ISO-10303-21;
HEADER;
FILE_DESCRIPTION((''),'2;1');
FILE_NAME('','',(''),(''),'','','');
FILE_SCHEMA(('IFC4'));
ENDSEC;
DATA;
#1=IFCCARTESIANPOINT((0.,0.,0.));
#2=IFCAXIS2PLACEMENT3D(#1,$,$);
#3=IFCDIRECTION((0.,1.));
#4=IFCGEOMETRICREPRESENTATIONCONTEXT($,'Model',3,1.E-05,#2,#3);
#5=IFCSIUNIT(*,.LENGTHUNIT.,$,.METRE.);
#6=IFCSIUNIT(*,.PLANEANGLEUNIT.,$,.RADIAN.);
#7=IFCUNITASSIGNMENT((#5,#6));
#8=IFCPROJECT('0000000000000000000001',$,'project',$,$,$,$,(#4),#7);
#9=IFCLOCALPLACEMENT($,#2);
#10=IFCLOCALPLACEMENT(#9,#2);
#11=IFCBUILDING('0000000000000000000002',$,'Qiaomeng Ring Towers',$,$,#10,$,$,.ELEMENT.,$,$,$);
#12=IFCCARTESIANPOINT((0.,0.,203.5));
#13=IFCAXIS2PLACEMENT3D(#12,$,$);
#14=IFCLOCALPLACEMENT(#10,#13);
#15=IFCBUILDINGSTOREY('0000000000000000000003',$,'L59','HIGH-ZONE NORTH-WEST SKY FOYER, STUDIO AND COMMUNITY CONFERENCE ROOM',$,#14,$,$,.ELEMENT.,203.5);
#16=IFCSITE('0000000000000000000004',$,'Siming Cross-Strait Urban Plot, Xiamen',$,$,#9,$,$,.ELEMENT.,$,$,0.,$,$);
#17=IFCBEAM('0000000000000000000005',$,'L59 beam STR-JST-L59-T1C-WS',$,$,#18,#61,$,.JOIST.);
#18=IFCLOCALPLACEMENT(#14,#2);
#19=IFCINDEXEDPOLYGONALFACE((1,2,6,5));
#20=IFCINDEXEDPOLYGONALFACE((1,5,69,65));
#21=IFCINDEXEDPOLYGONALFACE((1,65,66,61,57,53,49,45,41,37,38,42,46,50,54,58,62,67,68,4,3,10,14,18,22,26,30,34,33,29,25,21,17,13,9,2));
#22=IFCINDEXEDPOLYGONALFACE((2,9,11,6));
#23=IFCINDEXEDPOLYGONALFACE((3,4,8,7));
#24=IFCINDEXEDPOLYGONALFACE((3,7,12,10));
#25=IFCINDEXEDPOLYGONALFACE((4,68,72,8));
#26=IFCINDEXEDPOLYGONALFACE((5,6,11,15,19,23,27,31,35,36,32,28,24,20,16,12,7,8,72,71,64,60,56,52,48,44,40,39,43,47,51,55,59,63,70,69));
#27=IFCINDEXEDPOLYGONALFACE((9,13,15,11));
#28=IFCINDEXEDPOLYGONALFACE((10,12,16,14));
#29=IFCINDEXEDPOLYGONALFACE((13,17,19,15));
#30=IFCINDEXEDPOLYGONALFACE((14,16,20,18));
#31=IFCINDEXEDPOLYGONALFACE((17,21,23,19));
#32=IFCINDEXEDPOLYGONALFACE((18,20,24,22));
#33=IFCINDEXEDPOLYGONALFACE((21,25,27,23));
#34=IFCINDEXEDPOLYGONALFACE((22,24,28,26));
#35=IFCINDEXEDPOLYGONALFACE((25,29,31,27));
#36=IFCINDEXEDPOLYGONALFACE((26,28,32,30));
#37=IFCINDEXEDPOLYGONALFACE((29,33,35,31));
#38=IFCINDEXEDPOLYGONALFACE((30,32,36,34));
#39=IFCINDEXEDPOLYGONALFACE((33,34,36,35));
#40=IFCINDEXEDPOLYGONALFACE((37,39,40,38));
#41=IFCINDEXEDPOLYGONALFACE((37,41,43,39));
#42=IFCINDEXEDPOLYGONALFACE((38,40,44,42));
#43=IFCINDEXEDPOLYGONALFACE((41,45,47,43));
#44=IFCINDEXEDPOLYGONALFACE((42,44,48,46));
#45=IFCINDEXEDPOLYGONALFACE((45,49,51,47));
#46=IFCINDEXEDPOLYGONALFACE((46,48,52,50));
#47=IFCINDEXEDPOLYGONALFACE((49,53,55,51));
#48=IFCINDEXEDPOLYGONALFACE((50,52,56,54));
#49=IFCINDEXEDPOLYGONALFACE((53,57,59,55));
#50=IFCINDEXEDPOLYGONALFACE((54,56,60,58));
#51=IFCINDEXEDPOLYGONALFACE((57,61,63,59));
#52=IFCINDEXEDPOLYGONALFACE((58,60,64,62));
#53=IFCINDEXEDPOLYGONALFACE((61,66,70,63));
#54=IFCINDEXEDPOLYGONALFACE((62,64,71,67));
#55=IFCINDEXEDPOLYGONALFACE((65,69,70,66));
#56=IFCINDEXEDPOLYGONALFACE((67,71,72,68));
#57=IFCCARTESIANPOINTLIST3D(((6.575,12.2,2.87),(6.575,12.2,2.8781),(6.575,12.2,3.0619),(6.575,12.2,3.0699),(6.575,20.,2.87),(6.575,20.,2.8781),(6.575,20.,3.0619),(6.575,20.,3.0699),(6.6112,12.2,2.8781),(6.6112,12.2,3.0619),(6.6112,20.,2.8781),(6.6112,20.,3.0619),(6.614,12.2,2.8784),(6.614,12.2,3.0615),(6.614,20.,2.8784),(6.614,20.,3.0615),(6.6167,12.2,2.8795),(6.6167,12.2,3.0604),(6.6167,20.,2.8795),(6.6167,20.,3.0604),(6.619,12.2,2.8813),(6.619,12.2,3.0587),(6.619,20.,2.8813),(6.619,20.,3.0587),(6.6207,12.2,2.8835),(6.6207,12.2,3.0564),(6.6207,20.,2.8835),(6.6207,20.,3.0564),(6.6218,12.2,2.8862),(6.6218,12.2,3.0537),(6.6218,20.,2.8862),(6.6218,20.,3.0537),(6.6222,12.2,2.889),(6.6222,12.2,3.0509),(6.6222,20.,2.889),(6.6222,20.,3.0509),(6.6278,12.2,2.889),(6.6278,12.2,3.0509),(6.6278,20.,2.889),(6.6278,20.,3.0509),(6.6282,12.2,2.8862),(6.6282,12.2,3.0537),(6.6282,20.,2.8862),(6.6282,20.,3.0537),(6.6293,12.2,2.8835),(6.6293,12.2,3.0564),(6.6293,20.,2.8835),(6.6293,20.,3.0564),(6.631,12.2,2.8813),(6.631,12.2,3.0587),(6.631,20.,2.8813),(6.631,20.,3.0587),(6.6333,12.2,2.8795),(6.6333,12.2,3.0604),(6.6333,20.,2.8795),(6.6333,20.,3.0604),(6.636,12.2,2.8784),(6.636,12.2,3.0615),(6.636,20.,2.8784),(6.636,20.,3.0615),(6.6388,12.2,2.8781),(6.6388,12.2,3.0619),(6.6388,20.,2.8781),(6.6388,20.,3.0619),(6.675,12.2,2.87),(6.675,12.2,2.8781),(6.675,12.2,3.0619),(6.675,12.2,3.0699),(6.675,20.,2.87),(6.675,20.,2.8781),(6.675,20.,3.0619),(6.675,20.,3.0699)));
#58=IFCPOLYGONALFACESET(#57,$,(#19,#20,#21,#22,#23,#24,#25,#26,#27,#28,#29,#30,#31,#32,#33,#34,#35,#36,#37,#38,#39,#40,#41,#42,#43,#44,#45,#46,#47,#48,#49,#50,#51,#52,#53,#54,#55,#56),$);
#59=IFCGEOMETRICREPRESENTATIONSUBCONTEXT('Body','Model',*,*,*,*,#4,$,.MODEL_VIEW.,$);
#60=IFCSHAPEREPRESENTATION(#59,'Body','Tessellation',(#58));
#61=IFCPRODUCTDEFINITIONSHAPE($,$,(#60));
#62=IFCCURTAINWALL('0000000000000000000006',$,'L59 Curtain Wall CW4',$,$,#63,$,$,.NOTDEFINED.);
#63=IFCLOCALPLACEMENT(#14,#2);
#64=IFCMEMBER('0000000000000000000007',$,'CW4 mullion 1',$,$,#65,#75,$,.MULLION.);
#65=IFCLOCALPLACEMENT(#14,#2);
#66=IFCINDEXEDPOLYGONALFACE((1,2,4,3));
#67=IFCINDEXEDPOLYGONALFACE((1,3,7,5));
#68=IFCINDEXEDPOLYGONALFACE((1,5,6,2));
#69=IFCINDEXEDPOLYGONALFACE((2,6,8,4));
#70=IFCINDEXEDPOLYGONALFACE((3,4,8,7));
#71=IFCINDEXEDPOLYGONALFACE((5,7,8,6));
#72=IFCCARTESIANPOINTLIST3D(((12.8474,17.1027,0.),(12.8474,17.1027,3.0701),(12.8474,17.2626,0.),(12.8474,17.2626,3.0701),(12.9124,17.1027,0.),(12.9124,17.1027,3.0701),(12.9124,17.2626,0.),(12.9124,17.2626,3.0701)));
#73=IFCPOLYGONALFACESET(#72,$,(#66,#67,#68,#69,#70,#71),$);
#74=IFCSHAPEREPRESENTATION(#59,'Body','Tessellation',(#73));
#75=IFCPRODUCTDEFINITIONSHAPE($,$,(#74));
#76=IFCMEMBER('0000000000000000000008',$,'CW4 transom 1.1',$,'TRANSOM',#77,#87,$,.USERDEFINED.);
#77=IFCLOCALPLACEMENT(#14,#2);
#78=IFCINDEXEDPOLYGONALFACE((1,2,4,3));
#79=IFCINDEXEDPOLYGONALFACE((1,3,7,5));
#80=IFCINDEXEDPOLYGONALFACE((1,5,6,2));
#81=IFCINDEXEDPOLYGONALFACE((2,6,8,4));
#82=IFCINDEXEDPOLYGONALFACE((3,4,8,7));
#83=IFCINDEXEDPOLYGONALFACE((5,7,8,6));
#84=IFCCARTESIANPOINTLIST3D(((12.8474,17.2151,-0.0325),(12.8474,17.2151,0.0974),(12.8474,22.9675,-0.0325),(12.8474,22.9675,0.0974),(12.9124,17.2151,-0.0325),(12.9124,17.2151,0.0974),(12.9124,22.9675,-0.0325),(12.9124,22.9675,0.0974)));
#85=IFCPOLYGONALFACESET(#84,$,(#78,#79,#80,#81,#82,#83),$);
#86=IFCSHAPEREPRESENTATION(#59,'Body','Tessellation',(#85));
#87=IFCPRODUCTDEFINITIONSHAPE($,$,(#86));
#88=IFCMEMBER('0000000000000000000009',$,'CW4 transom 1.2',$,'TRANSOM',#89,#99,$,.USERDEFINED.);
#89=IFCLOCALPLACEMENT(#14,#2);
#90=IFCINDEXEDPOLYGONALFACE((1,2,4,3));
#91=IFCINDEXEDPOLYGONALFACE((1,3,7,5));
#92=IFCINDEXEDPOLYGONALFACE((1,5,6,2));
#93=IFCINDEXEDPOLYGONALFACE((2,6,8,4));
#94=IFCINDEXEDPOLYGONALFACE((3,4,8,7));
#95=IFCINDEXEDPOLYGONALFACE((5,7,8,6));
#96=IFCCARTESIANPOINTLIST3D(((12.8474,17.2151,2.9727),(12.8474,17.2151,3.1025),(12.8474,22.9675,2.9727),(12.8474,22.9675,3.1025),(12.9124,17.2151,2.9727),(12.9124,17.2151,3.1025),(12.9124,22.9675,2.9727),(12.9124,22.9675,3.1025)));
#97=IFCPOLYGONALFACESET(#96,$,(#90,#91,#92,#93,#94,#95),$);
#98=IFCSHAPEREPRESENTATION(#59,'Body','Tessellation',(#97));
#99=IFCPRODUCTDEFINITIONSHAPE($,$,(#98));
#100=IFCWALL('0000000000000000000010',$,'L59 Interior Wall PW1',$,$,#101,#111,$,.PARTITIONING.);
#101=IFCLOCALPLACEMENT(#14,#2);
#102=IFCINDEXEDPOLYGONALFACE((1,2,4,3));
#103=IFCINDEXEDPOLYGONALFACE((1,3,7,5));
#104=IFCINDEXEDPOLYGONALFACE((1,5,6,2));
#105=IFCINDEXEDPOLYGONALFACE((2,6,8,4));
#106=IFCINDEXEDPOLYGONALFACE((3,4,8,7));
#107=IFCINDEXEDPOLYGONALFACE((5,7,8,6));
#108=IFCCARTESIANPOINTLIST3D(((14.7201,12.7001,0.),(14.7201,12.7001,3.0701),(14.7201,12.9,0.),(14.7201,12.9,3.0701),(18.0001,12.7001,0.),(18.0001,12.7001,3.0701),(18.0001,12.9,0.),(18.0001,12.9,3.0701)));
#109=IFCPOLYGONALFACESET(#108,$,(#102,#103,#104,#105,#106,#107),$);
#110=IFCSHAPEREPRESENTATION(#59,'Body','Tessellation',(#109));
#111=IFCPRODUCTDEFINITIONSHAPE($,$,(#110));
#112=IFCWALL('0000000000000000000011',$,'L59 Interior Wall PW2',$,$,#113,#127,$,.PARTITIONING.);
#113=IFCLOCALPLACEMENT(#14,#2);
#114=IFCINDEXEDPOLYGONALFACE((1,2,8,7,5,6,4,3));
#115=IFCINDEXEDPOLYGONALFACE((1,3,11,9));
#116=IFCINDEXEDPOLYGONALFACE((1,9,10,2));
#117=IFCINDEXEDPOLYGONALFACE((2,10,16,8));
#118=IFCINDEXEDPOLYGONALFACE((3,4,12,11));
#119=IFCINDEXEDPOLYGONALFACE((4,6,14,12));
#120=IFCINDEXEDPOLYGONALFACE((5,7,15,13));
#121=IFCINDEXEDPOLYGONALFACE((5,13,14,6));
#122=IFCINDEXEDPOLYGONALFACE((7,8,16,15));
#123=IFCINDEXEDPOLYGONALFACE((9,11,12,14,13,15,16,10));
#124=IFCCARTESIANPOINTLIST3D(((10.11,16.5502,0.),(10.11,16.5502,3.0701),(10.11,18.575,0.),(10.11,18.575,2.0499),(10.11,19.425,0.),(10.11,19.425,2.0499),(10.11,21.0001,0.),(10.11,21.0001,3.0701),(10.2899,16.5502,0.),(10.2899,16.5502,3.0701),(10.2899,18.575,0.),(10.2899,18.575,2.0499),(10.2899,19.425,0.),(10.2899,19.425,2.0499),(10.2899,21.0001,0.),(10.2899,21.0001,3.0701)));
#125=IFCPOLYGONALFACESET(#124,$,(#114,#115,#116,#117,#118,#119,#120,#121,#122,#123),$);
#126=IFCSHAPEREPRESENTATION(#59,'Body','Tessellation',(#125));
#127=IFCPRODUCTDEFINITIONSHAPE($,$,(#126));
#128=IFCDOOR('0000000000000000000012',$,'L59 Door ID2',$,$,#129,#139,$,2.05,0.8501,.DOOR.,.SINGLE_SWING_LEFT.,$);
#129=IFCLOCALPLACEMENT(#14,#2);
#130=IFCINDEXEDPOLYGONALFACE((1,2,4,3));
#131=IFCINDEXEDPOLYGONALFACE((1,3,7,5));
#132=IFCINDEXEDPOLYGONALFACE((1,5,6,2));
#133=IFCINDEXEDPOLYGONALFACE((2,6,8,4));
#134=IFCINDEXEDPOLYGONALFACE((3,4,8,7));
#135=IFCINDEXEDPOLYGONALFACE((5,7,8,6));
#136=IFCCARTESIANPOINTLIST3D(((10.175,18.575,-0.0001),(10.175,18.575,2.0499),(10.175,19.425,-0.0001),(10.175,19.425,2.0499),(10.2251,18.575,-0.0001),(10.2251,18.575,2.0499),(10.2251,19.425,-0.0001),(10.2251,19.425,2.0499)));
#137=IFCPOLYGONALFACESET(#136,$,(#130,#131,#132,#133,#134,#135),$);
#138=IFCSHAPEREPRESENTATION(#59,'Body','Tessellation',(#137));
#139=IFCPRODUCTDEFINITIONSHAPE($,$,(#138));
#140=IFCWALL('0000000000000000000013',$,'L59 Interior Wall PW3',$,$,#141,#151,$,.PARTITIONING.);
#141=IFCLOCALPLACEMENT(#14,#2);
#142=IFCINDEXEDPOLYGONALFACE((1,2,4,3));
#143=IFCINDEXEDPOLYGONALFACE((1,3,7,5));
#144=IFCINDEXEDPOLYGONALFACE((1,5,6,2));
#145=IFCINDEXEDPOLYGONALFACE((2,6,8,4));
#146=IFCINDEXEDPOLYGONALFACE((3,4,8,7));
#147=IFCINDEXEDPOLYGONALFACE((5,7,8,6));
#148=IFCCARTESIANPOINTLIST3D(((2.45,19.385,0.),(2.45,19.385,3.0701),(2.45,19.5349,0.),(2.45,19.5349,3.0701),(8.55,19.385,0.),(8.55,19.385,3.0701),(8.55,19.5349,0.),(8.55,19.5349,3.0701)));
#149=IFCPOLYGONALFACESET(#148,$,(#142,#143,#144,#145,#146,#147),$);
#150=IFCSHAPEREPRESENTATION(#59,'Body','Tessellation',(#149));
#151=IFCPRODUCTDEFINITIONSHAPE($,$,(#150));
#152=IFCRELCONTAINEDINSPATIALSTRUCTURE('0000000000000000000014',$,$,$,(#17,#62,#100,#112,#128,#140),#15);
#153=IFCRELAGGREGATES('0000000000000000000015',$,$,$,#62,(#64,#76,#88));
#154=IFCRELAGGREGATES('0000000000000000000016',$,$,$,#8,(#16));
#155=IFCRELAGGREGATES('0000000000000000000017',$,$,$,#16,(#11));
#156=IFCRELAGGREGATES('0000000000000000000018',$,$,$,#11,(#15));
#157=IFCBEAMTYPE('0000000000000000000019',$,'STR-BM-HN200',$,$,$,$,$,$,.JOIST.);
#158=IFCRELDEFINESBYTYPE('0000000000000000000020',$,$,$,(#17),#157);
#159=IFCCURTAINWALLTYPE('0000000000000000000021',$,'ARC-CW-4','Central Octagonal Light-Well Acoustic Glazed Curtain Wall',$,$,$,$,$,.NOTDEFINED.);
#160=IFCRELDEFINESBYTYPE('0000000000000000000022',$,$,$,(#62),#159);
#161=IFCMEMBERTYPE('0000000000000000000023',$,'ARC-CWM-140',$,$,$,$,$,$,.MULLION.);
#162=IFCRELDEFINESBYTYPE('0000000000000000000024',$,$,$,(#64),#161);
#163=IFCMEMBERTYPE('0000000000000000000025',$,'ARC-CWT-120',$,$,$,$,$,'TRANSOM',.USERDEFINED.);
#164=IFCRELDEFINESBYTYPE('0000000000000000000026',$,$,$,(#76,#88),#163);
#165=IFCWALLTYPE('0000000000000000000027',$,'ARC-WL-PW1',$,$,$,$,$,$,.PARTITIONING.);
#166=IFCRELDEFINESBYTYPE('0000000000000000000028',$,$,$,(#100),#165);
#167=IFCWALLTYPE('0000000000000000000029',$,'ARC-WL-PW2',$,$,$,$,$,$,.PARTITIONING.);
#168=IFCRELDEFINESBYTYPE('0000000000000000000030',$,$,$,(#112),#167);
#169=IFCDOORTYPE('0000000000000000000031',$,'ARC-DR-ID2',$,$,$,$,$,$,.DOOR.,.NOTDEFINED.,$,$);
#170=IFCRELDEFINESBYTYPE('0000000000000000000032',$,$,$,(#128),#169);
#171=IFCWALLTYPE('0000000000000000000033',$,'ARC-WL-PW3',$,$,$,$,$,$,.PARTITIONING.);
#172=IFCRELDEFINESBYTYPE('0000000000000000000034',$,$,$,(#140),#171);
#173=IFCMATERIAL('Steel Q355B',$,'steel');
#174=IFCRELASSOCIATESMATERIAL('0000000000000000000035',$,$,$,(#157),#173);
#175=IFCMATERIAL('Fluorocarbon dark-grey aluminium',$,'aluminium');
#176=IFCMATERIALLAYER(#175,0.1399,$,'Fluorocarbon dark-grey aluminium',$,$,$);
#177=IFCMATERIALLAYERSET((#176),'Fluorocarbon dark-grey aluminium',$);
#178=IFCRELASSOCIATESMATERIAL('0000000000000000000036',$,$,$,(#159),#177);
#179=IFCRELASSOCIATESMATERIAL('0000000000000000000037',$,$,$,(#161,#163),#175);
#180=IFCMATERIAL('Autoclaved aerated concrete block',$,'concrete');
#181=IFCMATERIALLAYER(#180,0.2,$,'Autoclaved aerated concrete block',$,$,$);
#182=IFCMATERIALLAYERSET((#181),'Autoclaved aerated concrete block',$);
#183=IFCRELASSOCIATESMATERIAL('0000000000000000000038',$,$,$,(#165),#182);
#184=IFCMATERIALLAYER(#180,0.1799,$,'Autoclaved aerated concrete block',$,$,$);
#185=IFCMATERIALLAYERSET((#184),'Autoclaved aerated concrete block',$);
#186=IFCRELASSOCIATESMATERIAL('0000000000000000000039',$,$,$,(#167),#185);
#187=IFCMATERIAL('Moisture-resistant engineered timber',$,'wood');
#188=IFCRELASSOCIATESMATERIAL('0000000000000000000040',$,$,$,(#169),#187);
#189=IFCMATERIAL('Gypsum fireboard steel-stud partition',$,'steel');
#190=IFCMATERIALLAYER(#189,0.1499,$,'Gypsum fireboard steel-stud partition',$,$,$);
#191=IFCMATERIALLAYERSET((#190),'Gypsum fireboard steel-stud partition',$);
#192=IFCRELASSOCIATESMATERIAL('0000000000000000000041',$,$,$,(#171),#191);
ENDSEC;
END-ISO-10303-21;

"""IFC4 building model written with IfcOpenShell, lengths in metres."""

from ifc_helpers import new_model, si_unit, direction, frame, frame_2d, origin, origin_2d, place, context, subcontext, project, spatial, rectangle, i_section, extrude, source, transform, mapped, material, layer, layer_set, material_profile, profile_set, type_object, element, fill, aggregate, save


model = new_model("IFC4")

# Units and contexts
model_context = context("Model", 3, precision=1e-05, world=origin(), true_north=direction((0.0, 1.0)))
body_context = subcontext(model_context, "Body", "Model", "MODEL_VIEW")
ifc_project = project(units=[si_unit("LENGTHUNIT", "METRE"), si_unit("PLANEANGLEUNIT", "RADIAN")], contexts=[model_context])

# Site, building, storey
site_placement = place(None, origin())
site = spatial("IfcSite", under=ifc_project, at=site_placement, Name="Siming Cross-Strait Urban Plot, Xiamen", CompositionType="ELEMENT", RefElevation=0.0)
building_placement = place(site_placement, origin())
building = spatial("IfcBuilding", under=site, at=building_placement, Name="Qiaomeng Ring Towers", CompositionType="ELEMENT")
storey_placement = place(building_placement, frame((0.0, 0.0, 203.5)))
storey = spatial("IfcBuildingStorey", under=building, at=storey_placement, Name="L59", Description="HIGH-ZONE NORTH-WEST SKY FOYER, STUDIO AND COMMUNITY CONFERENCE ROOM", CompositionType="ELEMENT", Elevation=203.5)

# Beam
ifc_material_1 = material(Name="Steel Q355B", Category="steel")
ifc_material_profile_1 = material_profile(ifc_material_1, i_section(OverallWidth=0.1001, OverallDepth=0.2, WebThickness=0.0056, FlangeThickness=0.0081, FilletRadius=0.011, at=origin_2d()), Name="HN 200x100x5.5x8")
ifc_profile_set_1 = profile_set([ifc_material_profile_1], Name="Steel Q355B")
beam_type_1 = type_object("IfcBeamType", Name="STR-BM-HN200", PredefinedType="JOIST", material=ifc_profile_set_1)
shared_shape_1 = source(origin(), body_context, "Body", "SweptSolid", [
    extrude(i_section(OverallWidth=0.1001, OverallDepth=0.2, WebThickness=0.0056, FlangeThickness=0.0081, FilletRadius=0.011, at=origin_2d()), origin(), (0.0, 0.0, 1.0), 7.8),
])
beam_1_placement = place(storey_placement, frame((6.625, 12.2, 2.97), z_axis=(0.0, 1.0, 0.0), x_axis=(-1.0, 0.0, 0.0)))
element("IfcBeam", 1, at=beam_1_placement, inside=storey, type_object=beam_type_1, Name="L59 beam STR-JST-L59-T1C-WS", PredefinedType="JOIST", context=body_context, shape_type="MappedRepresentation", body=[
    mapped(shared_shape_1, transform((0.0, 0.0, 0.0), x_axis=(1.0, 0.0, 0.0), y_axis=(0.0, 1.0, 0.0), z_axis=(0.0, 0.0, 1.0), scale=1.0)),
])

# Curtain wall, members
ifc_material_2 = material(Name="Fluorocarbon dark-grey aluminium", Category="aluminium")
ifc_layer_1 = layer(ifc_material_2, 0.1399, Name="Fluorocarbon dark-grey aluminium")
ifc_layer_set_1 = layer_set([ifc_layer_1], Name="Fluorocarbon dark-grey aluminium")
curtain_wall_type = type_object("IfcCurtainWallType", Name="ARC-CW-4", Description="Central Octagonal Light-Well Acoustic Glazed Curtain Wall", PredefinedType="NOTDEFINED", material=ifc_layer_set_1)
curtain_wall_placement = place(storey_placement, origin())
curtain_wall = element("IfcCurtainWall", 2, at=curtain_wall_placement, inside=storey, type_object=curtain_wall_type, Name="L59 Curtain Wall CW4", PredefinedType="NOTDEFINED")
ifc_material_profile_2 = material_profile(ifc_material_2, rectangle(XDim=0.0649, YDim=0.1599, at=origin_2d()), Name="ALU MULL 65x160")
ifc_profile_set_2 = profile_set([ifc_material_profile_2], Name="Fluorocarbon dark-grey aluminium")
member_type_1 = type_object("IfcMemberType", Name="ARC-CWM-140", PredefinedType="MULLION", material=ifc_profile_set_2)
shared_shape_2 = source(origin(), body_context, "Body", "SweptSolid", [
    extrude(rectangle(XDim=0.0649, YDim=0.1599, at=origin_2d()), origin(), (0.0, 0.0, 1.0), 3.0701),
])
member_1_placement = place(storey_placement, frame((12.8799, 17.1826, 0.0), z_axis=(0.0, 0.0, 1.0), x_axis=(-1.0, 0.0, 0.0)))
member_1 = element("IfcMember", 3, at=member_1_placement, type_object=member_type_1, Name="CW4 mullion 1", PredefinedType="MULLION", context=body_context, shape_type="MappedRepresentation", body=[
    mapped(shared_shape_2, transform((0.0, 0.0, 0.0), x_axis=(1.0, 0.0, 0.0), y_axis=(0.0, 1.0, 0.0), z_axis=(0.0, 0.0, 1.0), scale=1.0)),
])
ifc_material_profile_3 = material_profile(ifc_material_2, rectangle(XDim=0.0649, YDim=0.1299, at=origin_2d()), Name="ALU TRAN 65x130")
ifc_profile_set_3 = profile_set([ifc_material_profile_3], Name="Fluorocarbon dark-grey aluminium")
member_type_2 = type_object("IfcMemberType", Name="ARC-CWT-120", ElementType="TRANSOM", PredefinedType="USERDEFINED", material=ifc_profile_set_3)
shared_shape_3 = source(origin(), body_context, "Body", "SweptSolid", [
    extrude(rectangle(XDim=0.0649, YDim=0.1299, at=origin_2d()), origin(), (0.0, 0.0, 1.0), 5.7524),
])
member_2_placement = place(storey_placement, frame((12.8799, 17.2151, 0.0325), z_axis=(0.0, 1.0, 0.0), x_axis=(-1.0, 0.0, 0.0)))
member_2 = element("IfcMember", 4, at=member_2_placement, type_object=member_type_2, Name="CW4 transom 1.1", ObjectType="TRANSOM", PredefinedType="USERDEFINED", context=body_context, shape_type="MappedRepresentation", body=[
    mapped(shared_shape_3, transform((0.0, 0.0, 0.0), x_axis=(1.0, 0.0, 0.0), y_axis=(0.0, 1.0, 0.0), z_axis=(0.0, 0.0, 1.0), scale=1.0)),
])
member_3_placement = place(storey_placement, frame((12.8799, 17.2151, 3.0376), z_axis=(0.0, 1.0, 0.0), x_axis=(-1.0, 0.0, 0.0)))
member_3 = element("IfcMember", 5, at=member_3_placement, type_object=member_type_2, Name="CW4 transom 1.2", ObjectType="TRANSOM", PredefinedType="USERDEFINED", context=body_context, shape_type="MappedRepresentation", body=[
    mapped(shared_shape_3, transform((0.0, 0.0, 0.0), x_axis=(1.0, 0.0, 0.0), y_axis=(0.0, 1.0, 0.0), z_axis=(0.0, 0.0, 1.0), scale=1.0)),
])
aggregate(curtain_wall, [member_1, member_2, member_3])

# Wall
ifc_material_3 = material(Name="Autoclaved aerated concrete block", Category="concrete")
ifc_layer_2 = layer(ifc_material_3, 0.2, Name="Autoclaved aerated concrete block")
ifc_layer_set_2 = layer_set([ifc_layer_2], Name="Autoclaved aerated concrete block")
wall_type_1 = type_object("IfcWallType", Name="ARC-WL-PW1", PredefinedType="PARTITIONING", material=ifc_layer_set_2)
wall_1_placement = place(storey_placement, frame((14.72, 12.8, 0.0), z_axis=(0.0, 0.0, 1.0), x_axis=(1.0, 0.0, 0.0)))
element("IfcWall", 6, at=wall_1_placement, inside=storey, type_object=wall_type_1, Name="L59 Interior Wall PW1", PredefinedType="PARTITIONING", context=body_context, shape_type="SweptSolid", body=[
    extrude(rectangle(XDim=3.28, YDim=0.2, at=frame_2d((1.6401, 0.0))), origin(), (0.0, 0.0, 1.0), 3.0701),
])

# Wall, opening, door
ifc_layer_3 = layer(ifc_material_3, 0.1799, Name="Autoclaved aerated concrete block")
ifc_layer_set_3 = layer_set([ifc_layer_3], Name="Autoclaved aerated concrete block")
wall_type_2 = type_object("IfcWallType", Name="ARC-WL-PW2", PredefinedType="PARTITIONING", material=ifc_layer_set_3)
wall_2_placement = place(storey_placement, frame((10.2, 16.55, 0.0), z_axis=(0.0, 0.0, 1.0), x_axis=(0.0, 1.0, 0.0)))
wall_2 = element("IfcWall", 7, at=wall_2_placement, inside=storey, type_object=wall_type_2, Name="L59 Interior Wall PW2", PredefinedType="PARTITIONING", context=body_context, shape_type="SweptSolid", body=[
    extrude(rectangle(XDim=4.45, YDim=0.1799, at=frame_2d((2.2251, 0.0))), origin(), (0.0, 0.0, 1.0), 3.0701),
])
opening_1_placement = place(wall_2_placement, frame((2.0249, 0.0, 0.0)))
opening_1 = element("IfcOpeningElement", 8, at=opening_1_placement, cuts=wall_2, PredefinedType="OPENING", context=body_context, shape_type="SweptSolid", body=[
    extrude(rectangle(XDim=0.8501, YDim=2.05, at=frame_2d((0.425, 1.0249))), frame((0.0, 0.0999, 0.0), z_axis=(0.0, -1.0, 0.0), x_axis=(1.0, 0.0, 0.0)), (0.0, 0.0, 1.0), 0.2),
])
ifc_material_4 = material(Name="Moisture-resistant engineered timber", Category="wood")
door_type_1 = type_object("IfcDoorType", Name="ARC-DR-ID2", OperationType="NOTDEFINED", PredefinedType="DOOR", material=ifc_material_4)
shared_shape_4 = source(origin(), body_context, "Body", "SweptSolid", [
    extrude(rectangle(XDim=0.8501, YDim=2.05, at=frame_2d((0.425, 1.0249))), frame((0.0, 0.0249, 0.0), z_axis=(0.0, -1.0, 0.0), x_axis=(1.0, 0.0, 0.0)), (0.0, 0.0, 1.0), 0.05),
])
door_1_placement = place(opening_1_placement, origin())
door_1 = element("IfcDoor", 9, at=door_1_placement, inside=storey, type_object=door_type_1, Name="L59 Door ID2", OperationType="SINGLE_SWING_LEFT", OverallHeight=2.05, OverallWidth=0.8501, PredefinedType="DOOR", context=body_context, shape_type="MappedRepresentation", body=[
    mapped(shared_shape_4, transform((0.0, 0.0, 0.0), x_axis=(1.0, 0.0, 0.0), y_axis=(0.0, 1.0, 0.0), z_axis=(0.0, 0.0, 1.0), scale=1.0)),
])
fill(opening_1, door_1)

# Wall
ifc_material_5 = material(Name="Gypsum fireboard steel-stud partition", Category="steel")
ifc_layer_4 = layer(ifc_material_5, 0.1499, Name="Gypsum fireboard steel-stud partition")
ifc_layer_set_4 = layer_set([ifc_layer_4], Name="Gypsum fireboard steel-stud partition")
wall_type_3 = type_object("IfcWallType", Name="ARC-WL-PW3", PredefinedType="PARTITIONING", material=ifc_layer_set_4)
wall_3_placement = place(storey_placement, frame((2.45, 19.46, 0.0), z_axis=(0.0, 0.0, 1.0), x_axis=(1.0, 0.0, 0.0)))
element("IfcWall", 10, at=wall_3_placement, inside=storey, type_object=wall_type_3, Name="L59 Interior Wall PW3", PredefinedType="PARTITIONING", context=body_context, shape_type="SweptSolid", body=[
    extrude(rectangle(XDim=6.1001, YDim=0.1499, at=frame_2d((3.05, 0.0))), origin(), (0.0, 0.0, 1.0), 3.0701),
])

save(model, "model.ifc")
